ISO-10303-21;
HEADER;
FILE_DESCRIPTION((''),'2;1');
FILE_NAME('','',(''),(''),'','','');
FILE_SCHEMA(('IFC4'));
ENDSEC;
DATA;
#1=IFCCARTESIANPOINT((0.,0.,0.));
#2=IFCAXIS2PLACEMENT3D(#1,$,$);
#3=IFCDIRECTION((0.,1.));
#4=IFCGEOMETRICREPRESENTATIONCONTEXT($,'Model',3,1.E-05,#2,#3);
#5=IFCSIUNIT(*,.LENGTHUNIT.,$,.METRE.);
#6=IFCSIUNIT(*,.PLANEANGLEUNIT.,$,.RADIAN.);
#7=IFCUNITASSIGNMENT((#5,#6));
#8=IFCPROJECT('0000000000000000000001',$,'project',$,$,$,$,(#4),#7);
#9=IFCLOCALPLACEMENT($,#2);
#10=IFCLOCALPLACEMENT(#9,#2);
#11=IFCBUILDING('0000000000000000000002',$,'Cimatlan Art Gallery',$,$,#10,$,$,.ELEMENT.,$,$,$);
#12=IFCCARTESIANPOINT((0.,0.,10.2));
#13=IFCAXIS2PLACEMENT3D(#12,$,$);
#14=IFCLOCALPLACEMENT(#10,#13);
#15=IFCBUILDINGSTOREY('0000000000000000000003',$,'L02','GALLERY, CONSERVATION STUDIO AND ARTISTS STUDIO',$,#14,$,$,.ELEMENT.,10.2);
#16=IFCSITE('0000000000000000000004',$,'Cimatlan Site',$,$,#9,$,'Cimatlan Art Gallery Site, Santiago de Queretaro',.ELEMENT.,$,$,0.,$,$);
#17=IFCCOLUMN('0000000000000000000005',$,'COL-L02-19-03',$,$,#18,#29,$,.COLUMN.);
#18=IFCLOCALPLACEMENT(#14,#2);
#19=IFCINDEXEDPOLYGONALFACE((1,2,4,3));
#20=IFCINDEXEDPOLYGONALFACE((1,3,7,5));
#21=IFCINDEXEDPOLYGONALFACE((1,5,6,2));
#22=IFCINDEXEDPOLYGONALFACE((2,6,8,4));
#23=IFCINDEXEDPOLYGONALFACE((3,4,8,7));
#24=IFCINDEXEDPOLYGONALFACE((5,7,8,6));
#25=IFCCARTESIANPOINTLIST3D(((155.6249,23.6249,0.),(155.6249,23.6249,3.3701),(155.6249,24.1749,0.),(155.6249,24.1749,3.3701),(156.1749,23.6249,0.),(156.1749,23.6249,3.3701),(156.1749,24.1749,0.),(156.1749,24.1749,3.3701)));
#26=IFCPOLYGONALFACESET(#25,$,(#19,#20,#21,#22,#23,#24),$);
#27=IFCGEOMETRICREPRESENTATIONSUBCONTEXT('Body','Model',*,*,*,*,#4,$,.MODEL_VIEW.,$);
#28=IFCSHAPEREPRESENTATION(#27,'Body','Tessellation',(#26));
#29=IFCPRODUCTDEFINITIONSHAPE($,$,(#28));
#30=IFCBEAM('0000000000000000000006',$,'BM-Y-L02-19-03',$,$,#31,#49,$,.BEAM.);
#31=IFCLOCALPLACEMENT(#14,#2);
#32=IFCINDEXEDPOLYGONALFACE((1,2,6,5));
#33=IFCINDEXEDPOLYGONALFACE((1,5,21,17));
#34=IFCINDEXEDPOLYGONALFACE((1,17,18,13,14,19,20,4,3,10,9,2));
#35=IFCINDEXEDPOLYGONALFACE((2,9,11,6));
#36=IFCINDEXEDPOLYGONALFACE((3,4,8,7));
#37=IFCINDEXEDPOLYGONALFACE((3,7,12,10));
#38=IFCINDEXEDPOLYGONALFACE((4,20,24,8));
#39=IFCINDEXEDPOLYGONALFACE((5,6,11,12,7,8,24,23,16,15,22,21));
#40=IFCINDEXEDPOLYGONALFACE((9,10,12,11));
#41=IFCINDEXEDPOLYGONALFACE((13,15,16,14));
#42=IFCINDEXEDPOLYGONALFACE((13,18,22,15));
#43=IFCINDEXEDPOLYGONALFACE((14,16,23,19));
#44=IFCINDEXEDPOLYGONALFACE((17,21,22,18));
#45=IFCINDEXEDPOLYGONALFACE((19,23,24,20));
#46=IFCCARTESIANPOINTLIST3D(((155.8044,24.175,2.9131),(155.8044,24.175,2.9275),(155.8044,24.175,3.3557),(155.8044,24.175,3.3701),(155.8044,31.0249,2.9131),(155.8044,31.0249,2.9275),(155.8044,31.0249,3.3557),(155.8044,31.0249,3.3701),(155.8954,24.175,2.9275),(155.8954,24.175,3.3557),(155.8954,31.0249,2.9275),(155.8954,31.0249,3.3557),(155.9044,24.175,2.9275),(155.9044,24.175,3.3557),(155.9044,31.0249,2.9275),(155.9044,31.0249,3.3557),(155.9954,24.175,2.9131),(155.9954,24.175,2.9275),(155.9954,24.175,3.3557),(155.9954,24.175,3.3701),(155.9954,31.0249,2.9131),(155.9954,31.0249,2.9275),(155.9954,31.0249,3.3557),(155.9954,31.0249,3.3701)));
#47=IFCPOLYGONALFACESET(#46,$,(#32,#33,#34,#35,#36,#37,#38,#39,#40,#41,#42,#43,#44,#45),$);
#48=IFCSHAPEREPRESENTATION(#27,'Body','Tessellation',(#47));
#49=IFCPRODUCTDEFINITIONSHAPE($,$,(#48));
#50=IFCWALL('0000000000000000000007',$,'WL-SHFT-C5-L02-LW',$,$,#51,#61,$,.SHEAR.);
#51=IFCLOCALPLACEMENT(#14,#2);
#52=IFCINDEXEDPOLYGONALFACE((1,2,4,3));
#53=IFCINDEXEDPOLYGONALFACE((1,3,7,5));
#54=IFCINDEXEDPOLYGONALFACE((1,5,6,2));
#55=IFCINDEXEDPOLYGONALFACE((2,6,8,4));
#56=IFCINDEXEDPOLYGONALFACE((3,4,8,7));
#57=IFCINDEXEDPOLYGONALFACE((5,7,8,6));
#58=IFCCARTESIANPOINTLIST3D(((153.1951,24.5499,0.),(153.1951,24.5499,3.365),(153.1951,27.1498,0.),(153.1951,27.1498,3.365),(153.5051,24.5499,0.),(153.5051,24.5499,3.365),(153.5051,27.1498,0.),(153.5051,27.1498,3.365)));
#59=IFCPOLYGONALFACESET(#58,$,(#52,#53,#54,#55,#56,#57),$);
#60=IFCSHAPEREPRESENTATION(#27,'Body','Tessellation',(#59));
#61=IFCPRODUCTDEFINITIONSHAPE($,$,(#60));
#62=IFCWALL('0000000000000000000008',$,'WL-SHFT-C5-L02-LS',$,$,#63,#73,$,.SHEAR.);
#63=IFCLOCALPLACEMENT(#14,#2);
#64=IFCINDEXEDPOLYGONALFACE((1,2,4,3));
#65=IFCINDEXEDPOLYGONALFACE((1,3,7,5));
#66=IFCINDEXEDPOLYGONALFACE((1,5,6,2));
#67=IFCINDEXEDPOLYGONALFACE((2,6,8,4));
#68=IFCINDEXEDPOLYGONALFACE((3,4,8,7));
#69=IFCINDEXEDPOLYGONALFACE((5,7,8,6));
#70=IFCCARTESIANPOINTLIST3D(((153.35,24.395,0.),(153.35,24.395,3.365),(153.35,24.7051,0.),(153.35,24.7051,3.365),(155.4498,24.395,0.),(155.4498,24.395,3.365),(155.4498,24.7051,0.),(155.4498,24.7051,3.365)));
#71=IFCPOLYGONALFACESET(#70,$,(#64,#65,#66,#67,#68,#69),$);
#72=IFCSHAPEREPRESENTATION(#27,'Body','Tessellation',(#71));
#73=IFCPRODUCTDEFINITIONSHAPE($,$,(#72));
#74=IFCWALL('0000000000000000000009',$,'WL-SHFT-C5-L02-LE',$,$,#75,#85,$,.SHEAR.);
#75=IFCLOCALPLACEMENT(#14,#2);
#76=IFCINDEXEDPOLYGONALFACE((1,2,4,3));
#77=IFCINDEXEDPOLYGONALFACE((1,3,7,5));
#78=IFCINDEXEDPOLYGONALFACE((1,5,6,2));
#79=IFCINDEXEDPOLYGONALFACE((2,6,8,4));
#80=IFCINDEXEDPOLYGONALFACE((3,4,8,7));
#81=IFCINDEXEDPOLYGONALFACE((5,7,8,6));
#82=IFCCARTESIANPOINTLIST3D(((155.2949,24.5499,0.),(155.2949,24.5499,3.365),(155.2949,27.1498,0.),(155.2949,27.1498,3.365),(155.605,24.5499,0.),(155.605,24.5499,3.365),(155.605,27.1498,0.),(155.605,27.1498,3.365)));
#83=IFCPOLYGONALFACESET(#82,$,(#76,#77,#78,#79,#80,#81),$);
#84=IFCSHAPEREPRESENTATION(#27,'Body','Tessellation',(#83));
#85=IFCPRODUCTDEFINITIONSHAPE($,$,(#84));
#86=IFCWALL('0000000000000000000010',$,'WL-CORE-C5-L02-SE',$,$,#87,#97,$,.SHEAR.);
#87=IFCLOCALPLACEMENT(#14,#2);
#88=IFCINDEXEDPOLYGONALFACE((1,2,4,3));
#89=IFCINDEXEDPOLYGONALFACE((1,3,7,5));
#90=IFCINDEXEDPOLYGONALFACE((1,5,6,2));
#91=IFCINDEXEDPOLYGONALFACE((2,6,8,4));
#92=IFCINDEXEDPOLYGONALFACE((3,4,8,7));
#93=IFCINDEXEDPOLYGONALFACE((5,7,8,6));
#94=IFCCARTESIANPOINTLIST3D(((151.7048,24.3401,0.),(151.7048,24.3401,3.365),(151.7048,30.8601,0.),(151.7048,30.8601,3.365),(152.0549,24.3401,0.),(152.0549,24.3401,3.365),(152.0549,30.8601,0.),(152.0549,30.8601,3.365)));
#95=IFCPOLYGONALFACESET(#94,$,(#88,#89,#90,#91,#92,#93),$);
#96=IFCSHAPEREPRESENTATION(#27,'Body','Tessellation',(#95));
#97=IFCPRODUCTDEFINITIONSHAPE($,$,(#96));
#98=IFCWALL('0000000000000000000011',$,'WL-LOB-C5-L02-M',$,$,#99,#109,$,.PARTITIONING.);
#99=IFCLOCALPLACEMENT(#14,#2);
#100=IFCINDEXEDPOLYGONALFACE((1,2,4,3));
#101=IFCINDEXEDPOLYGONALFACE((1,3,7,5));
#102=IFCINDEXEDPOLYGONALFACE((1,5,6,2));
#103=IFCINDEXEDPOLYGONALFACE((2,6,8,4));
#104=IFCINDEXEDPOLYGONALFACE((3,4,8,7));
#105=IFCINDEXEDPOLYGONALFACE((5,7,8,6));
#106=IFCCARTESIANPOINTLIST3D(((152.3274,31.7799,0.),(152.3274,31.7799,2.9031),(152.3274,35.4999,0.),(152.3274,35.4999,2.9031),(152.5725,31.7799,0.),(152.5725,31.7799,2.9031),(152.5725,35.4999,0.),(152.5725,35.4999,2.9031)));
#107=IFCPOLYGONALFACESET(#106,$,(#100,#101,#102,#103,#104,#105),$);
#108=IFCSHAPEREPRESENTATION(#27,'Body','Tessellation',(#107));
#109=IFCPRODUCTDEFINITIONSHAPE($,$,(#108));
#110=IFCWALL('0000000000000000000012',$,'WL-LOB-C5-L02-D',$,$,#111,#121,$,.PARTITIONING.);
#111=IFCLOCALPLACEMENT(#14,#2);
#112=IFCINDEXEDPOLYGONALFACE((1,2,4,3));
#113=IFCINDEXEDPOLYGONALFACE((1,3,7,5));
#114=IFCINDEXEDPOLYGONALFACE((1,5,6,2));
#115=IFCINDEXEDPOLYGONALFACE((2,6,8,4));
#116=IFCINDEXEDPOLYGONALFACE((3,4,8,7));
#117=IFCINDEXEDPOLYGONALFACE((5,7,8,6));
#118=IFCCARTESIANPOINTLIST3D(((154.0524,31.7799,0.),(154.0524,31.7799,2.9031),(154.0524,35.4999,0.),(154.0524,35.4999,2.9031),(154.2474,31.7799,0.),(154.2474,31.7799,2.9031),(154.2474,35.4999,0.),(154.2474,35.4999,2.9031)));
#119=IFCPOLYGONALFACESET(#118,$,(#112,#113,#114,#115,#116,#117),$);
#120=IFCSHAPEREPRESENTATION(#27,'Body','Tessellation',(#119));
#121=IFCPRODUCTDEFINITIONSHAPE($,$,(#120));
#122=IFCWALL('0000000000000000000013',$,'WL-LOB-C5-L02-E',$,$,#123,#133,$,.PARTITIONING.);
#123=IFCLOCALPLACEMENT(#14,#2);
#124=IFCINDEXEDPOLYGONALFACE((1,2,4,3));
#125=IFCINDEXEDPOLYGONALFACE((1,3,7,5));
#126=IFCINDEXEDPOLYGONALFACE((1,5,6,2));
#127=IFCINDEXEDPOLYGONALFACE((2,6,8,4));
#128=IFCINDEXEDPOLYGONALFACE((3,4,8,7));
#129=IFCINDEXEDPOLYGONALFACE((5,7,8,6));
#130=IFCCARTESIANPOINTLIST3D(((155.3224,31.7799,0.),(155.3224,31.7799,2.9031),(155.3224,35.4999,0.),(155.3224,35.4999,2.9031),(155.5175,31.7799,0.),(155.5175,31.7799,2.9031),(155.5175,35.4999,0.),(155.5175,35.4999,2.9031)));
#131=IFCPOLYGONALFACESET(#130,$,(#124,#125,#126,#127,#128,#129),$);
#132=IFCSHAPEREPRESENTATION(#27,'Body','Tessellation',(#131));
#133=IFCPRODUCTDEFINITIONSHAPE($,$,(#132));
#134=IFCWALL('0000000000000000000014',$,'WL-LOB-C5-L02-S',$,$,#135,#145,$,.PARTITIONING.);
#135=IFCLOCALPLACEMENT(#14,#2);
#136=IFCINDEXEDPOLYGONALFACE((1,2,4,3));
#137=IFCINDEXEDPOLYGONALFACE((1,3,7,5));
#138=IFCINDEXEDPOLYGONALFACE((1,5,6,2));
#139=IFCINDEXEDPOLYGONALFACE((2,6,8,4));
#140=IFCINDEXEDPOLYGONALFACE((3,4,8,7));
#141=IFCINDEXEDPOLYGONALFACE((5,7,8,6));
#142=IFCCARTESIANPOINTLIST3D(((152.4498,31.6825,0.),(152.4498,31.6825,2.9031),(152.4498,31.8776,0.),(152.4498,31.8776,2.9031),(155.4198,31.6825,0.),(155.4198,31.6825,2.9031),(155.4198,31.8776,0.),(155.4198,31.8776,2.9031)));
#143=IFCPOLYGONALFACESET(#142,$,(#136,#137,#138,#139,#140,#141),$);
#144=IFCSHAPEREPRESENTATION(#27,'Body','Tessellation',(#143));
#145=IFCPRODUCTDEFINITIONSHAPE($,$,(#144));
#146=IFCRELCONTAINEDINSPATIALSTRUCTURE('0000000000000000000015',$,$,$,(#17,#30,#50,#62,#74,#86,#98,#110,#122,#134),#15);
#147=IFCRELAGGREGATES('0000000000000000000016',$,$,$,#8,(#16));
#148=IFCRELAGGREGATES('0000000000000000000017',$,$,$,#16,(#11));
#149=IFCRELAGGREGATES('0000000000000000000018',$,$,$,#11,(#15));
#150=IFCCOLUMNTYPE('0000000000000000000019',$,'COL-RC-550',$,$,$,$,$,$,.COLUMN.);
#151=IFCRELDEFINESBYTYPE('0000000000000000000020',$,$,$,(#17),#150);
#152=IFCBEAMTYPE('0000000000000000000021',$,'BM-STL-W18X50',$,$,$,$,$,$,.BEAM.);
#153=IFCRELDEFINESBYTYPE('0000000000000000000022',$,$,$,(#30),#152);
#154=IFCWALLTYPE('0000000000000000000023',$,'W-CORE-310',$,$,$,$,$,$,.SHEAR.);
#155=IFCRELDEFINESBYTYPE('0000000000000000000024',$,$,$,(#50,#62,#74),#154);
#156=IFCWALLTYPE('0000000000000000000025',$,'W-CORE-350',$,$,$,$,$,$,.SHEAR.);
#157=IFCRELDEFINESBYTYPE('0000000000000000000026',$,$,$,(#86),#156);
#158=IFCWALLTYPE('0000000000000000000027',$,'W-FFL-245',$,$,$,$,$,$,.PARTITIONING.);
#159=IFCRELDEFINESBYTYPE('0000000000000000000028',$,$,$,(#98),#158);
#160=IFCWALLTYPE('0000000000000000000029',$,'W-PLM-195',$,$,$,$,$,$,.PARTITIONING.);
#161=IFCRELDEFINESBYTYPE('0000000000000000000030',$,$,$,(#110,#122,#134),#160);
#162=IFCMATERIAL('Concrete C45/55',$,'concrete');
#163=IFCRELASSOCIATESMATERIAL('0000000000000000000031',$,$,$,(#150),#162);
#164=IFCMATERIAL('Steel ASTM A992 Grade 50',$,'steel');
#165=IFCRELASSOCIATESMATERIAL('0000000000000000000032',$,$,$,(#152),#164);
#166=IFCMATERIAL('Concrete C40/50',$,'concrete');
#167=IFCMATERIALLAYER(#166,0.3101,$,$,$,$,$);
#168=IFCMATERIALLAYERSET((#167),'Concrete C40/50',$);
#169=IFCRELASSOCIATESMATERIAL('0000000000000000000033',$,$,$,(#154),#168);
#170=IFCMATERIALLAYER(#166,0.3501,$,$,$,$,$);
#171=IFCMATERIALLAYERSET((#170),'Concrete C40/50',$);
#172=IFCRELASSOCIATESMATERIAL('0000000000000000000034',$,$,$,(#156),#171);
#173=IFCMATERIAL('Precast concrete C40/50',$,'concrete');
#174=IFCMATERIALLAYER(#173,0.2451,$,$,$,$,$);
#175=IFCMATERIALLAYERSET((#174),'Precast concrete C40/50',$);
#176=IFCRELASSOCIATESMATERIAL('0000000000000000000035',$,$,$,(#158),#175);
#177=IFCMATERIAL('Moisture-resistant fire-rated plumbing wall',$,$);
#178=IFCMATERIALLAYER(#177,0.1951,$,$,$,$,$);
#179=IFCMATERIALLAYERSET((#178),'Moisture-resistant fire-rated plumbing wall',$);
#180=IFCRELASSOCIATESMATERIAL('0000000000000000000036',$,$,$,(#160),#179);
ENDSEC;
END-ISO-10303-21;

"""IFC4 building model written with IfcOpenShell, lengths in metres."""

from ifc_helpers import new_model, si_unit, direction, frame, frame_2d, origin, origin_2d, place, context, subcontext, project, spatial, rectangle, i_section, extrude, material, layer, layer_set, material_profile, profile_set, type_object, element, save


model = new_model("IFC4")

# Units and contexts
model_context = context("Model", 3, precision=1e-05, world=origin(), true_north=direction((0.0, 1.0)))
body_context = subcontext(model_context, "Body", "Model", "MODEL_VIEW")
ifc_project = project(units=[si_unit("LENGTHUNIT", "METRE"), si_unit("PLANEANGLEUNIT", "RADIAN")], contexts=[model_context])

# Site, building, storey
site_placement = place(None, origin())
site = spatial("IfcSite", under=ifc_project, at=site_placement, Name="Cimatlan Site", LongName="Cimatlan Art Gallery Site, Santiago de Queretaro", CompositionType="ELEMENT", RefElevation=0.0)
building_placement = place(site_placement, origin())
building = spatial("IfcBuilding", under=site, at=building_placement, Name="Cimatlan Art Gallery", CompositionType="ELEMENT")
storey_placement = place(building_placement, frame((0.0, 0.0, 10.2)))
storey = spatial("IfcBuildingStorey", under=building, at=storey_placement, Name="L02", Description="GALLERY, CONSERVATION STUDIO AND ARTISTS STUDIO", CompositionType="ELEMENT", Elevation=10.2)

# Column
ifc_material_1 = material(Name="Concrete C45/55", Category="concrete")
ifc_material_profile_1 = material_profile(ifc_material_1, rectangle(XDim=0.55, YDim=0.55, at=origin_2d()), Name="RC550X550")
ifc_profile_set_1 = profile_set([ifc_material_profile_1], Name="Concrete C45/55")
column_type = type_object("IfcColumnType", Name="COL-RC-550", PredefinedType="COLUMN", material=ifc_profile_set_1)
column_placement = place(storey_placement, frame((155.8999, 23.8999, 0.0), z_axis=(0.0, 0.0, 1.0), x_axis=(1.0, 0.0, 0.0)))
element("IfcColumn", 1, at=column_placement, inside=storey, type_object=column_type, Name="COL-L02-19-03", PredefinedType="COLUMN", context=body_context, shape_type="SweptSolid", body=[
    extrude(rectangle(XDim=0.55, YDim=0.55, at=origin_2d()), origin(), (0.0, 0.0, 1.0), 3.3701),
])

# Beam
ifc_material_2 = material(Name="Steel ASTM A992 Grade 50", Category="steel")
ifc_material_profile_2 = material_profile(ifc_material_2, i_section(OverallWidth=0.1909, OverallDepth=0.457, WebThickness=0.009, FlangeThickness=0.0144, at=origin_2d()), Name="W18X50")
ifc_profile_set_2 = profile_set([ifc_material_profile_2], Name="Steel ASTM A992 Grade 50")
beam_type = type_object("IfcBeamType", Name="BM-STL-W18X50", PredefinedType="BEAM", material=ifc_profile_set_2)
beam_placement = place(storey_placement, frame((155.8999, 24.175, 3.1416), z_axis=(0.0, 1.0, 0.0), x_axis=(-1.0, 0.0, 0.0)))
element("IfcBeam", 2, at=beam_placement, inside=storey, type_object=beam_type, Name="BM-Y-L02-19-03", PredefinedType="BEAM", context=body_context, shape_type="SweptSolid", body=[
    extrude(i_section(OverallWidth=0.1909, OverallDepth=0.457, WebThickness=0.009, FlangeThickness=0.0144, at=origin_2d()), origin(), (0.0, 0.0, 1.0), 6.8499),
])

# Walls
ifc_material_3 = material(Name="Concrete C40/50", Category="concrete")
ifc_layer_1 = layer(ifc_material_3, 0.3101)
ifc_layer_set_1 = layer_set([ifc_layer_1], Name="Concrete C40/50")
wall_type_1 = type_object("IfcWallType", Name="W-CORE-310", PredefinedType="SHEAR", material=ifc_layer_set_1)
wall_1_placement = place(storey_placement, frame((153.3501, 24.55, 0.0), z_axis=(0.0, 0.0, 1.0), x_axis=(0.0, 1.0, 0.0)))
element("IfcWall", 3, at=wall_1_placement, inside=storey, type_object=wall_type_1, Name="WL-SHFT-C5-L02-LW", PredefinedType="SHEAR", context=body_context, shape_type="SweptSolid", body=[
    extrude(rectangle(XDim=2.5999, YDim=0.3101, at=frame_2d((1.2998, 0.0))), origin(), (0.0, 0.0, 1.0), 3.365),
])
wall_2_placement = place(storey_placement, frame((153.3501, 24.55, 0.0), z_axis=(0.0, 0.0, 1.0), x_axis=(1.0, 0.0, 0.0)))
element("IfcWall", 4, at=wall_2_placement, inside=storey, type_object=wall_type_1, Name="WL-SHFT-C5-L02-LS", PredefinedType="SHEAR", context=body_context, shape_type="SweptSolid", body=[
    extrude(rectangle(XDim=2.0999, YDim=0.3101, at=frame_2d((1.0498, 0.0))), origin(), (0.0, 0.0, 1.0), 3.365),
])
wall_3_placement = place(storey_placement, frame((155.45, 24.55, 0.0), z_axis=(0.0, 0.0, 1.0), x_axis=(0.0, 1.0, 0.0)))
element("IfcWall", 5, at=wall_3_placement, inside=storey, type_object=wall_type_1, Name="WL-SHFT-C5-L02-LE", PredefinedType="SHEAR", context=body_context, shape_type="SweptSolid", body=[
    extrude(rectangle(XDim=2.5999, YDim=0.3101, at=frame_2d((1.2998, 0.0))), origin(), (0.0, 0.0, 1.0), 3.365),
])

# Walls
ifc_layer_2 = layer(ifc_material_3, 0.3501)
ifc_layer_set_2 = layer_set([ifc_layer_2], Name="Concrete C40/50")
wall_type_2 = type_object("IfcWallType", Name="W-CORE-350", PredefinedType="SHEAR", material=ifc_layer_set_2)
wall_4_placement = place(storey_placement, frame((151.8799, 24.3401, 0.0), z_axis=(0.0, 0.0, 1.0), x_axis=(0.0, 1.0, 0.0)))
element("IfcWall", 6, at=wall_4_placement, inside=storey, type_object=wall_type_2, Name="WL-CORE-C5-L02-SE", PredefinedType="SHEAR", context=body_context, shape_type="SweptSolid", body=[
    extrude(rectangle(XDim=6.52, YDim=0.3501, at=frame_2d((3.26, 0.0))), origin(), (0.0, 0.0, 1.0), 3.365),
])
ifc_material_4 = material(Name="Precast concrete C40/50", Category="concrete")
ifc_layer_3 = layer(ifc_material_4, 0.2451)
ifc_layer_set_3 = layer_set([ifc_layer_3], Name="Precast concrete C40/50")
wall_type_3 = type_object("IfcWallType", Name="W-FFL-245", PredefinedType="PARTITIONING", material=ifc_layer_set_3)
wall_5_placement = place(storey_placement, frame((152.45, 31.78, 0.0), z_axis=(0.0, 0.0, 1.0), x_axis=(0.0, 1.0, 0.0)))
element("IfcWall", 7, at=wall_5_placement, inside=storey, type_object=wall_type_3, Name="WL-LOB-C5-L02-M", PredefinedType="PARTITIONING", context=body_context, shape_type="SweptSolid", body=[
    extrude(rectangle(XDim=3.72, YDim=0.2451, at=frame_2d((1.8599, 0.0))), origin(), (0.0, 0.0, 1.0), 2.9031),
])
ifc_material_5 = material(Name="Moisture-resistant fire-rated plumbing wall")
ifc_layer_4 = layer(ifc_material_5, 0.1951)
ifc_layer_set_4 = layer_set([ifc_layer_4], Name="Moisture-resistant fire-rated plumbing wall")
wall_type_4 = type_object("IfcWallType", Name="W-PLM-195", PredefinedType="PARTITIONING", material=ifc_layer_set_4)
for number, where, z_axis, x_axis, name in (
    (8, (154.1499, 31.78, 0.0), (0.0, 0.0, 1.0), (0.0, 1.0, 0.0), "WL-LOB-C5-L02-D"),
    (9, (155.4199, 31.78, 0.0), (0.0, 0.0, 1.0), (0.0, 1.0, 0.0), "WL-LOB-C5-L02-E"),
):
    element("IfcWall", number, at=place(storey_placement, frame(where, z_axis=z_axis, x_axis=x_axis)), inside=storey, type_object=wall_type_4, Name=name, PredefinedType="PARTITIONING", context=body_context, shape_type="SweptSolid", body=[
        extrude(rectangle(XDim=3.72, YDim=0.1951, at=frame_2d((1.8599, 0.0))), origin(), (0.0, 0.0, 1.0), 2.9031),
    ])
wall_6_placement = place(storey_placement, frame((152.45, 31.78, 0.0), z_axis=(0.0, 0.0, 1.0), x_axis=(1.0, 0.0, 0.0)))
element("IfcWall", 10, at=wall_6_placement, inside=storey, type_object=wall_type_4, Name="WL-LOB-C5-L02-S", PredefinedType="PARTITIONING", context=body_context, shape_type="SweptSolid", body=[
    extrude(rectangle(XDim=2.97, YDim=0.1951, at=frame_2d((1.4849, 0.0))), origin(), (0.0, 0.0, 1.0), 2.9031),
])

save(model, "model.ifc")
